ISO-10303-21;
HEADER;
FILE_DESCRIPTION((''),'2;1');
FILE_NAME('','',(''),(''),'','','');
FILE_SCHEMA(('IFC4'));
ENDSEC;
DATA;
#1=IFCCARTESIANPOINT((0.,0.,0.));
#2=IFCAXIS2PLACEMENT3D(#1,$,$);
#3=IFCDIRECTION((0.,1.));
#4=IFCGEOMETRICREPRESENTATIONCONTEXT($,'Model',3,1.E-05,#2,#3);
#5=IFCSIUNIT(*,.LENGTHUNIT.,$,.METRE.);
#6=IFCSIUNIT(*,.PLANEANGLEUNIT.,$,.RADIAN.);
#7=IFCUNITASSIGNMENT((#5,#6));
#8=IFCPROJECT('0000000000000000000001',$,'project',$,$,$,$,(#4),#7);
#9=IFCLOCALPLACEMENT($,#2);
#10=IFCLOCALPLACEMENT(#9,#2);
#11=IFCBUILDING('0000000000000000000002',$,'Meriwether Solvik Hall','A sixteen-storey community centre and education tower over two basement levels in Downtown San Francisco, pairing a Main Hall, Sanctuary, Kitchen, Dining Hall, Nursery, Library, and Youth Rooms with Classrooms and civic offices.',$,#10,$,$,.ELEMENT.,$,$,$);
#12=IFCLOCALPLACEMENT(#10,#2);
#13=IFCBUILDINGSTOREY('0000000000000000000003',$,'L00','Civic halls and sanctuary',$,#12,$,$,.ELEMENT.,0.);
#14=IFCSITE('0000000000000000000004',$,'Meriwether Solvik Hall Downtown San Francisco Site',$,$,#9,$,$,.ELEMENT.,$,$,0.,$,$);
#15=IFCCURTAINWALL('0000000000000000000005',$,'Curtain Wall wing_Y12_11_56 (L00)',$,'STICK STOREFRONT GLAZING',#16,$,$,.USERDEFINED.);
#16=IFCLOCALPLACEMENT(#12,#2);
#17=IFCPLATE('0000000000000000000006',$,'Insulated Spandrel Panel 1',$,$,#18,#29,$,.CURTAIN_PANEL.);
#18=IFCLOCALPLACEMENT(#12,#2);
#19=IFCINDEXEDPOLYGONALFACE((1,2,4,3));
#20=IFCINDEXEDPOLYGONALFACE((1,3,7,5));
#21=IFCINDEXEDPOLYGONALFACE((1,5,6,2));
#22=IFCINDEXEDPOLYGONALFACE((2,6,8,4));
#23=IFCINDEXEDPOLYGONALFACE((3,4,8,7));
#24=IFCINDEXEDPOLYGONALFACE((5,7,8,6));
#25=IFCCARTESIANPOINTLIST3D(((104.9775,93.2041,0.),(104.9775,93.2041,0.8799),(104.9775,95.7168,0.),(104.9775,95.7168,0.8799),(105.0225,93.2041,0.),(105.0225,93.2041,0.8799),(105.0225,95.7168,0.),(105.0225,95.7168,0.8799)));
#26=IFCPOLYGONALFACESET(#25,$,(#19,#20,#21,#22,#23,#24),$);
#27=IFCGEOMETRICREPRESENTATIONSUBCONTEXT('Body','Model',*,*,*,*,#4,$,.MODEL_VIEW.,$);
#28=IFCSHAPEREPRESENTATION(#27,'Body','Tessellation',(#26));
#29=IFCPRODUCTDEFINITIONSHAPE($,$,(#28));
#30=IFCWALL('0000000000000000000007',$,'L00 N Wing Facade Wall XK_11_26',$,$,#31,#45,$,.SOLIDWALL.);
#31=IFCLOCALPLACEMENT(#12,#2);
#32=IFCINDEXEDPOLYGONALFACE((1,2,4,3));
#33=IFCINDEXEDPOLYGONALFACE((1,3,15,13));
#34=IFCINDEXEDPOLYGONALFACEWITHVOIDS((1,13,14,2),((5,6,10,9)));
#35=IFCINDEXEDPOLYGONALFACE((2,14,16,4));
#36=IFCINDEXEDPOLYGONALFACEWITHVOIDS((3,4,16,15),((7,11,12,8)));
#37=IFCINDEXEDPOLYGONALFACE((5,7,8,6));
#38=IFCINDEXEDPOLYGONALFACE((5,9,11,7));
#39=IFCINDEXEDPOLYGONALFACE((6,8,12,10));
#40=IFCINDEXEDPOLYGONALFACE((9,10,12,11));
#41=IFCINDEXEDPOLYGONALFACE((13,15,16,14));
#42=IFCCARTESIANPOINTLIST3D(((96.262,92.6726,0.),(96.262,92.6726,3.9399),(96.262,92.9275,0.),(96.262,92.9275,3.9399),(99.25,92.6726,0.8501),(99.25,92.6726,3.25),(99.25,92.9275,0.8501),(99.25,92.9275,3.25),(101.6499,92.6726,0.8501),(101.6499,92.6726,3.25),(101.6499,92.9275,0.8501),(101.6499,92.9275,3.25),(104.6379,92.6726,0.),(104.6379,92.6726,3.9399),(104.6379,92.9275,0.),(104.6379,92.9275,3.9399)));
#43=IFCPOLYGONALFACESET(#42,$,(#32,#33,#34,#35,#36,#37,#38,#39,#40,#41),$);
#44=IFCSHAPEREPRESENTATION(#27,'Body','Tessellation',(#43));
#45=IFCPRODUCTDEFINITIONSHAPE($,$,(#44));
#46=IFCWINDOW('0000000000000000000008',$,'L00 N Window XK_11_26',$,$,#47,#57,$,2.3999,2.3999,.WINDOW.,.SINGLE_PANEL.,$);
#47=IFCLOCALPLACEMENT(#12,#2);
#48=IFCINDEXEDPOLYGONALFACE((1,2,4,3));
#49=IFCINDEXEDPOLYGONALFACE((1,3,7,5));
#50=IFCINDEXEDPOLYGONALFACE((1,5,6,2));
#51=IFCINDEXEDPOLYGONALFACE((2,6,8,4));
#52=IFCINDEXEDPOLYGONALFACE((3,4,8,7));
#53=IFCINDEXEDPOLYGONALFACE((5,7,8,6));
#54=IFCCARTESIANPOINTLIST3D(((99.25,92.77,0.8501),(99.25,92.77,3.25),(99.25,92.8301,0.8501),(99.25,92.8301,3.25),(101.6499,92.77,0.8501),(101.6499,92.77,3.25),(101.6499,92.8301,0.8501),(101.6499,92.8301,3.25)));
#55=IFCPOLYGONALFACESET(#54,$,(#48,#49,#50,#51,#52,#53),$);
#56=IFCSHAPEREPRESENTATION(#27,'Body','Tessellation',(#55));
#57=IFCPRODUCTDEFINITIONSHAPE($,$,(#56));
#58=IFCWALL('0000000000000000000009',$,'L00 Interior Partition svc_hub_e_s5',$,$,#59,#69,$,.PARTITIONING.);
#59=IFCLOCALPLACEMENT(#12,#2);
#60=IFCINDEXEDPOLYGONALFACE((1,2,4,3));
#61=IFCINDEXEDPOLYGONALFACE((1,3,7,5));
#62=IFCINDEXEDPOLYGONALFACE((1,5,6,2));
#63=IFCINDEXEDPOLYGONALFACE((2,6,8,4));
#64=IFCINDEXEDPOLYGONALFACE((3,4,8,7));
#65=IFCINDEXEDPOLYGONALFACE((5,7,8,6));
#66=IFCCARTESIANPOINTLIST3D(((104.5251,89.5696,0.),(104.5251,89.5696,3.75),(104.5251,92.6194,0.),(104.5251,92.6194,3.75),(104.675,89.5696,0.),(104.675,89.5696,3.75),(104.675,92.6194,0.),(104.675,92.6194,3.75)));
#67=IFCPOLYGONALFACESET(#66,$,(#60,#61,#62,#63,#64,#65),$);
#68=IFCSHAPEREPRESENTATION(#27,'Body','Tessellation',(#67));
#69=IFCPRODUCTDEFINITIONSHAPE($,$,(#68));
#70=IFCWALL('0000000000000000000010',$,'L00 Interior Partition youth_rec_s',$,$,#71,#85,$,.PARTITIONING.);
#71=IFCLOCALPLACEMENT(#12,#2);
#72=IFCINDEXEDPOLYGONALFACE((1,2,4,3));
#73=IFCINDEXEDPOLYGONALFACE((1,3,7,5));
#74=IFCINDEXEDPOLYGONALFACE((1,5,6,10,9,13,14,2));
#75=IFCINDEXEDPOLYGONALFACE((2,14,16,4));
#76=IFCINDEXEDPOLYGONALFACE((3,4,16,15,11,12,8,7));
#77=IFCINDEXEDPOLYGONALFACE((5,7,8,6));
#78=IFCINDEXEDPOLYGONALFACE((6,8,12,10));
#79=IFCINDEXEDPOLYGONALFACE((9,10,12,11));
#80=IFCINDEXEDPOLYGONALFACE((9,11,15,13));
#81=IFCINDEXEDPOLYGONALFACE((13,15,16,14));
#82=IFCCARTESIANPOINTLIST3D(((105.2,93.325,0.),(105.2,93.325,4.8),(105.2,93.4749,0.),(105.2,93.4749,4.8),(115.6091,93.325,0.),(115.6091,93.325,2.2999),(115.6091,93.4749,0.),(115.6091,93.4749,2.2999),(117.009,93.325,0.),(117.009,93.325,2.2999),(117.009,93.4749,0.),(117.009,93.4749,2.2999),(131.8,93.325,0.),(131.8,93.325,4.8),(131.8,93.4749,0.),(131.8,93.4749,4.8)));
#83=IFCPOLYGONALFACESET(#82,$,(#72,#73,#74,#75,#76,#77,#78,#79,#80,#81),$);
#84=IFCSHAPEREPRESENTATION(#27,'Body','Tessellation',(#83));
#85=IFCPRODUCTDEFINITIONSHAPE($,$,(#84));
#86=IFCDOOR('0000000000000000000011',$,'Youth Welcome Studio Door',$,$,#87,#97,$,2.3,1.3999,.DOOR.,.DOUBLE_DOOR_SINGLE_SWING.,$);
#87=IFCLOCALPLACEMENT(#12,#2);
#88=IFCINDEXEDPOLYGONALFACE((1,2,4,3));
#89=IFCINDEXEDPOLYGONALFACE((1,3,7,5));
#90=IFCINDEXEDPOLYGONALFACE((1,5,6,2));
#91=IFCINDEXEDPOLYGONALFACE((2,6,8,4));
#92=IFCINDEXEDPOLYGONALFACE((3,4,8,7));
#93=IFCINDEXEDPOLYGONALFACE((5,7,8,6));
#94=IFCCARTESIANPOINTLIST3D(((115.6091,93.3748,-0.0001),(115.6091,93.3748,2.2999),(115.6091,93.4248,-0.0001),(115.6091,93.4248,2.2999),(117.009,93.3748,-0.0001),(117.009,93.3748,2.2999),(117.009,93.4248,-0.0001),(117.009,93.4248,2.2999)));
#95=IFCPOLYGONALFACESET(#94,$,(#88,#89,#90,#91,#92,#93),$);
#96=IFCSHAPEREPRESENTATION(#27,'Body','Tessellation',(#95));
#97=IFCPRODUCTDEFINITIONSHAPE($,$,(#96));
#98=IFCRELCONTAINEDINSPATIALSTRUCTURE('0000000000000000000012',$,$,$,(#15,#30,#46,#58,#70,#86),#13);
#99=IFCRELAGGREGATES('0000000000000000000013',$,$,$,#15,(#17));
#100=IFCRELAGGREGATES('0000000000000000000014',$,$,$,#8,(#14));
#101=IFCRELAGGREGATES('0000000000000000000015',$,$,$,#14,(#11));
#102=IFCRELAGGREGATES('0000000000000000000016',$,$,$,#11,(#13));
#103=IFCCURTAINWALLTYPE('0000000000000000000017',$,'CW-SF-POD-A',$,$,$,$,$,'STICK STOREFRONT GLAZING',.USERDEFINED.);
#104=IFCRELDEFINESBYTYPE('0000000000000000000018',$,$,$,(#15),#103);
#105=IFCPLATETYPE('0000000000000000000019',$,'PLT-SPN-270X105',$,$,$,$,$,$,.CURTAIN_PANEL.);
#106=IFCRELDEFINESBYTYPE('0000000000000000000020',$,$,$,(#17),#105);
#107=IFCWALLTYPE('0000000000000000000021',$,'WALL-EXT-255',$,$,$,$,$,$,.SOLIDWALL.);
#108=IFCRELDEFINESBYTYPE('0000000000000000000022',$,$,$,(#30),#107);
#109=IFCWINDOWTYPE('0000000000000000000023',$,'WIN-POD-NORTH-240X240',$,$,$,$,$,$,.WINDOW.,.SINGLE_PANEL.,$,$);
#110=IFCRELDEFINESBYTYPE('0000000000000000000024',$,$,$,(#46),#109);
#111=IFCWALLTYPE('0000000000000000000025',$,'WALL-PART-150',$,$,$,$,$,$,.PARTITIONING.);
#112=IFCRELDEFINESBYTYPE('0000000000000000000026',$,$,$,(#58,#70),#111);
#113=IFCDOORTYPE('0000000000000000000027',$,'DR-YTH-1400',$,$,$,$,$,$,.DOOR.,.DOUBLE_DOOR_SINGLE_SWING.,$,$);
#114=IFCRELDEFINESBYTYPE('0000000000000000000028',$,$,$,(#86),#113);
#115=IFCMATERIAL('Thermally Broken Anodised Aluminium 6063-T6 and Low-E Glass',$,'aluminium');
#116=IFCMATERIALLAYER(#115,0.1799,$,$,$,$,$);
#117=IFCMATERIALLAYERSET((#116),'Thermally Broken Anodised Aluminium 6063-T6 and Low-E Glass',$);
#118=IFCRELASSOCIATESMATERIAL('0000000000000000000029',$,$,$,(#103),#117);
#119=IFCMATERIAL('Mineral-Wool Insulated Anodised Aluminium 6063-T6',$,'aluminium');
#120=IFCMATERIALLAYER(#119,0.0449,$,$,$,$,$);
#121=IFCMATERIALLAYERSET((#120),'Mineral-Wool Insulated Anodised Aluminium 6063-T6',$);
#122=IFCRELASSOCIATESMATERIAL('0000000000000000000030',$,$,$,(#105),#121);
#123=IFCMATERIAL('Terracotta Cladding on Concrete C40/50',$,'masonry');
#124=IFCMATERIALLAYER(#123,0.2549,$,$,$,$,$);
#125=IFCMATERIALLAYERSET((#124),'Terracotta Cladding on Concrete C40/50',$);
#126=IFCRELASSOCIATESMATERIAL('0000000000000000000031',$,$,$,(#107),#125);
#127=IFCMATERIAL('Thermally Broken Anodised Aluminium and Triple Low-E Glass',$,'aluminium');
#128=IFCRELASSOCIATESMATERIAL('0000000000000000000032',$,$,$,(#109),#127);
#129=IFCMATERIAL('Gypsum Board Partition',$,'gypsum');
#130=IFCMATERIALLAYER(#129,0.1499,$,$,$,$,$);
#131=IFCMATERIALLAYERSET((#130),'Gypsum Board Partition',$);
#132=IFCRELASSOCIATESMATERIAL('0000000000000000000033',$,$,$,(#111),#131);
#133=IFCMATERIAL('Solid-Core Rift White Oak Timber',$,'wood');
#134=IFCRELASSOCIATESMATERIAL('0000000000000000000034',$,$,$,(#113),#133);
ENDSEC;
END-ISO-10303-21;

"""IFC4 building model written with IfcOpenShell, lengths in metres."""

from ifc_helpers import new_model, si_unit, direction, frame, frame_2d, origin, origin_2d, place, context, subcontext, project, spatial, rectangle, extrude, material, layer, layer_set, type_object, element, fill, aggregate, save


model = new_model("IFC4")

# Units and contexts
model_context = context("Model", 3, precision=1e-05, world=origin(), true_north=direction((0.0, 1.0)))
body_context = subcontext(model_context, "Body", "Model", "MODEL_VIEW")
ifc_project = project(units=[si_unit("LENGTHUNIT", "METRE"), si_unit("PLANEANGLEUNIT", "RADIAN")], contexts=[model_context])

# Site, building, storey
site_placement = place(None, origin())
site = spatial("IfcSite", under=ifc_project, at=site_placement, Name="Meriwether Solvik Hall Downtown San Francisco Site", CompositionType="ELEMENT", RefElevation=0.0)
building_placement = place(site_placement, origin())
building = spatial("IfcBuilding", under=site, at=building_placement, Name="Meriwether Solvik Hall", Description="A sixteen-storey community centre and education tower over two basement levels in Downtown San Francisco, pairing a Main Hall, Sanctuary, Kitchen, Dining Hall, Nursery, Library, and Youth Rooms with Classrooms and civic offices.", CompositionType="ELEMENT")
storey_placement = place(building_placement, origin())
storey = spatial("IfcBuildingStorey", under=building, at=storey_placement, Name="L00", Description="Civic halls and sanctuary", CompositionType="ELEMENT", Elevation=0.0)

# Shared definitions
ifc_material_1 = material(Name="Thermally Broken Anodised Aluminium 6063-T6 and Low-E Glass", Category="aluminium")
ifc_layer_1 = layer(ifc_material_1, 0.1799)
ifc_layer_set_1 = layer_set([ifc_layer_1], Name="Thermally Broken Anodised Aluminium 6063-T6 and Low-E Glass")
curtain_wall_type = type_object("IfcCurtainWallType", Name="CW-SF-POD-A", ElementType="STICK STOREFRONT GLAZING", PredefinedType="USERDEFINED", material=ifc_layer_set_1)

# Curtain wall
curtain_wall_1_placement = place(storey_placement, origin())
curtain_wall_1 = element("IfcCurtainWall", 1, at=curtain_wall_1_placement, inside=storey, type_object=curtain_wall_type, Name="Curtain Wall wing_Y12_11_56 (L00)", ObjectType="STICK STOREFRONT GLAZING", PredefinedType="USERDEFINED")

# Plate
ifc_material_2 = material(Name="Mineral-Wool Insulated Anodised Aluminium 6063-T6", Category="aluminium")
ifc_layer_2 = layer(ifc_material_2, 0.0449)
ifc_layer_set_2 = layer_set([ifc_layer_2], Name="Mineral-Wool Insulated Anodised Aluminium 6063-T6")
plate_type_1 = type_object("IfcPlateType", Name="PLT-SPN-270X105", PredefinedType="CURTAIN_PANEL", material=ifc_layer_set_2)
plate_1_placement = place(storey_placement, frame((105.0, 94.4604, 0.0), z_axis=(0.0, 0.0, 1.0), x_axis=(0.0, 1.0, 0.0)))
plate_1 = element("IfcPlate", 2, at=plate_1_placement, type_object=plate_type_1, Name="Insulated Spandrel Panel 1", PredefinedType="CURTAIN_PANEL", context=body_context, shape_type="SweptSolid", body=[
    extrude(rectangle(XDim=2.5127, YDim=0.0449, at=origin_2d()), origin(), (0.0, 0.0, 1.0), 0.8799),
])
aggregate(curtain_wall_1, [plate_1])

# Wall, opening, window
ifc_material_3 = material(Name="Terracotta Cladding on Concrete C40/50", Category="masonry")
ifc_layer_3 = layer(ifc_material_3, 0.2549)
ifc_layer_set_3 = layer_set([ifc_layer_3], Name="Terracotta Cladding on Concrete C40/50")
wall_type_1 = type_object("IfcWallType", Name="WALL-EXT-255", PredefinedType="SOLIDWALL", material=ifc_layer_set_3)
wall_1_placement = place(storey_placement, frame((96.262, 92.8, 0.0), z_axis=(0.0, 0.0, 1.0), x_axis=(1.0, 0.0, 0.0)))
wall_1 = element("IfcWall", 3, at=wall_1_placement, inside=storey, type_object=wall_type_1, Name="L00 N Wing Facade Wall XK_11_26", PredefinedType="SOLIDWALL", context=body_context, shape_type="SweptSolid", body=[
    extrude(rectangle(XDim=8.376, YDim=0.2549, at=frame_2d((4.188, 0.0))), origin(), (0.0, 0.0, 1.0), 3.9399),
])
opening_1_placement = place(wall_1_placement, frame((2.988, 0.0, 0.8501)))
opening_1 = element("IfcOpeningElement", 4, at=opening_1_placement, cuts=wall_1, PredefinedType="OPENING", context=body_context, shape_type="SweptSolid", body=[
    extrude(rectangle(XDim=2.3999, YDim=2.3999, at=frame_2d((1.2, 1.2))), frame((0.0, 0.1394, 0.0), z_axis=(0.0, -1.0, 0.0), x_axis=(1.0, 0.0, 0.0)), (0.0, 0.0, 1.0), 0.2788),
])
ifc_material_4 = material(Name="Thermally Broken Anodised Aluminium and Triple Low-E Glass", Category="aluminium")
window_type = type_object("IfcWindowType", Name="WIN-POD-NORTH-240X240", PartitioningType="SINGLE_PANEL", PredefinedType="WINDOW", material=ifc_material_4)
window_placement = place(opening_1_placement, origin())
window = element("IfcWindow", 5, at=window_placement, inside=storey, type_object=window_type, Name="L00 N Window XK_11_26", OverallHeight=2.3999, OverallWidth=2.3999, PartitioningType="SINGLE_PANEL", PredefinedType="WINDOW", context=body_context, shape_type="SweptSolid", body=[
    extrude(rectangle(XDim=2.3999, YDim=2.3999, at=frame_2d((1.2, 1.2))), frame((0.0, 0.03, 0.0), z_axis=(0.0, -1.0, 0.0), x_axis=(1.0, 0.0, 0.0)), (0.0, 0.0, 1.0), 0.0601),
])
fill(opening_1, window)

# Wall
ifc_material_5 = material(Name="Gypsum Board Partition", Category="gypsum")
ifc_layer_4 = layer(ifc_material_5, 0.1499)
ifc_layer_set_4 = layer_set([ifc_layer_4], Name="Gypsum Board Partition")
wall_type_2 = type_object("IfcWallType", Name="WALL-PART-150", PredefinedType="PARTITIONING", material=ifc_layer_set_4)
wall_2_placement = place(storey_placement, frame((104.6001, 89.5696, 0.0), z_axis=(0.0, 0.0, 1.0), x_axis=(0.0, 1.0, 0.0)))
element("IfcWall", 6, at=wall_2_placement, inside=storey, type_object=wall_type_2, Name="L00 Interior Partition svc_hub_e_s5", PredefinedType="PARTITIONING", context=body_context, shape_type="SweptSolid", body=[
    extrude(rectangle(XDim=3.0498, YDim=0.1499, at=frame_2d((1.5249, 0.0))), origin(), (0.0, 0.0, 1.0), 3.75),
])

# Wall, opening, door
wall_3_placement = place(storey_placement, frame((105.2, 93.3999, 0.0), z_axis=(0.0, 0.0, 1.0), x_axis=(1.0, 0.0, 0.0)))
wall_3 = element("IfcWall", 7, at=wall_3_placement, inside=storey, type_object=wall_type_2, Name="L00 Interior Partition youth_rec_s", PredefinedType="PARTITIONING", context=body_context, shape_type="SweptSolid", body=[
    extrude(rectangle(XDim=26.6001, YDim=0.1499, at=frame_2d((13.3, 0.0))), origin(), (0.0, 0.0, 1.0), 4.8),
])
opening_2_placement = place(wall_3_placement, frame((10.4092, 0.0, 0.0)))
opening_2 = element("IfcOpeningElement", 8, at=opening_2_placement, cuts=wall_3, PredefinedType="OPENING", context=body_context, shape_type="SweptSolid", body=[
    extrude(rectangle(XDim=1.3999, YDim=2.3, at=frame_2d((0.7, 1.1499))), frame((0.0, 0.0869, 0.0), z_axis=(0.0, -1.0, 0.0), x_axis=(1.0, 0.0, 0.0)), (0.0, 0.0, 1.0), 0.1738),
])
ifc_material_6 = material(Name="Solid-Core Rift White Oak Timber", Category="wood")
door_type = type_object("IfcDoorType", Name="DR-YTH-1400", OperationType="DOUBLE_DOOR_SINGLE_SWING", PredefinedType="DOOR", material=ifc_material_6)
door_placement = place(opening_2_placement, origin())
door = element("IfcDoor", 9, at=door_placement, inside=storey, type_object=door_type, Name="Youth Welcome Studio Door", OperationType="DOUBLE_DOOR_SINGLE_SWING", OverallHeight=2.3, OverallWidth=1.3999, PredefinedType="DOOR", context=body_context, shape_type="SweptSolid", body=[
    extrude(rectangle(XDim=1.3999, YDim=2.3, at=frame_2d((0.7, 1.1499))), frame((0.0, 0.0249, 0.0), z_axis=(0.0, -1.0, 0.0), x_axis=(1.0, 0.0, 0.0)), (0.0, 0.0, 1.0), 0.05),
])
fill(opening_2, door)

save(model, "model.ifc")
